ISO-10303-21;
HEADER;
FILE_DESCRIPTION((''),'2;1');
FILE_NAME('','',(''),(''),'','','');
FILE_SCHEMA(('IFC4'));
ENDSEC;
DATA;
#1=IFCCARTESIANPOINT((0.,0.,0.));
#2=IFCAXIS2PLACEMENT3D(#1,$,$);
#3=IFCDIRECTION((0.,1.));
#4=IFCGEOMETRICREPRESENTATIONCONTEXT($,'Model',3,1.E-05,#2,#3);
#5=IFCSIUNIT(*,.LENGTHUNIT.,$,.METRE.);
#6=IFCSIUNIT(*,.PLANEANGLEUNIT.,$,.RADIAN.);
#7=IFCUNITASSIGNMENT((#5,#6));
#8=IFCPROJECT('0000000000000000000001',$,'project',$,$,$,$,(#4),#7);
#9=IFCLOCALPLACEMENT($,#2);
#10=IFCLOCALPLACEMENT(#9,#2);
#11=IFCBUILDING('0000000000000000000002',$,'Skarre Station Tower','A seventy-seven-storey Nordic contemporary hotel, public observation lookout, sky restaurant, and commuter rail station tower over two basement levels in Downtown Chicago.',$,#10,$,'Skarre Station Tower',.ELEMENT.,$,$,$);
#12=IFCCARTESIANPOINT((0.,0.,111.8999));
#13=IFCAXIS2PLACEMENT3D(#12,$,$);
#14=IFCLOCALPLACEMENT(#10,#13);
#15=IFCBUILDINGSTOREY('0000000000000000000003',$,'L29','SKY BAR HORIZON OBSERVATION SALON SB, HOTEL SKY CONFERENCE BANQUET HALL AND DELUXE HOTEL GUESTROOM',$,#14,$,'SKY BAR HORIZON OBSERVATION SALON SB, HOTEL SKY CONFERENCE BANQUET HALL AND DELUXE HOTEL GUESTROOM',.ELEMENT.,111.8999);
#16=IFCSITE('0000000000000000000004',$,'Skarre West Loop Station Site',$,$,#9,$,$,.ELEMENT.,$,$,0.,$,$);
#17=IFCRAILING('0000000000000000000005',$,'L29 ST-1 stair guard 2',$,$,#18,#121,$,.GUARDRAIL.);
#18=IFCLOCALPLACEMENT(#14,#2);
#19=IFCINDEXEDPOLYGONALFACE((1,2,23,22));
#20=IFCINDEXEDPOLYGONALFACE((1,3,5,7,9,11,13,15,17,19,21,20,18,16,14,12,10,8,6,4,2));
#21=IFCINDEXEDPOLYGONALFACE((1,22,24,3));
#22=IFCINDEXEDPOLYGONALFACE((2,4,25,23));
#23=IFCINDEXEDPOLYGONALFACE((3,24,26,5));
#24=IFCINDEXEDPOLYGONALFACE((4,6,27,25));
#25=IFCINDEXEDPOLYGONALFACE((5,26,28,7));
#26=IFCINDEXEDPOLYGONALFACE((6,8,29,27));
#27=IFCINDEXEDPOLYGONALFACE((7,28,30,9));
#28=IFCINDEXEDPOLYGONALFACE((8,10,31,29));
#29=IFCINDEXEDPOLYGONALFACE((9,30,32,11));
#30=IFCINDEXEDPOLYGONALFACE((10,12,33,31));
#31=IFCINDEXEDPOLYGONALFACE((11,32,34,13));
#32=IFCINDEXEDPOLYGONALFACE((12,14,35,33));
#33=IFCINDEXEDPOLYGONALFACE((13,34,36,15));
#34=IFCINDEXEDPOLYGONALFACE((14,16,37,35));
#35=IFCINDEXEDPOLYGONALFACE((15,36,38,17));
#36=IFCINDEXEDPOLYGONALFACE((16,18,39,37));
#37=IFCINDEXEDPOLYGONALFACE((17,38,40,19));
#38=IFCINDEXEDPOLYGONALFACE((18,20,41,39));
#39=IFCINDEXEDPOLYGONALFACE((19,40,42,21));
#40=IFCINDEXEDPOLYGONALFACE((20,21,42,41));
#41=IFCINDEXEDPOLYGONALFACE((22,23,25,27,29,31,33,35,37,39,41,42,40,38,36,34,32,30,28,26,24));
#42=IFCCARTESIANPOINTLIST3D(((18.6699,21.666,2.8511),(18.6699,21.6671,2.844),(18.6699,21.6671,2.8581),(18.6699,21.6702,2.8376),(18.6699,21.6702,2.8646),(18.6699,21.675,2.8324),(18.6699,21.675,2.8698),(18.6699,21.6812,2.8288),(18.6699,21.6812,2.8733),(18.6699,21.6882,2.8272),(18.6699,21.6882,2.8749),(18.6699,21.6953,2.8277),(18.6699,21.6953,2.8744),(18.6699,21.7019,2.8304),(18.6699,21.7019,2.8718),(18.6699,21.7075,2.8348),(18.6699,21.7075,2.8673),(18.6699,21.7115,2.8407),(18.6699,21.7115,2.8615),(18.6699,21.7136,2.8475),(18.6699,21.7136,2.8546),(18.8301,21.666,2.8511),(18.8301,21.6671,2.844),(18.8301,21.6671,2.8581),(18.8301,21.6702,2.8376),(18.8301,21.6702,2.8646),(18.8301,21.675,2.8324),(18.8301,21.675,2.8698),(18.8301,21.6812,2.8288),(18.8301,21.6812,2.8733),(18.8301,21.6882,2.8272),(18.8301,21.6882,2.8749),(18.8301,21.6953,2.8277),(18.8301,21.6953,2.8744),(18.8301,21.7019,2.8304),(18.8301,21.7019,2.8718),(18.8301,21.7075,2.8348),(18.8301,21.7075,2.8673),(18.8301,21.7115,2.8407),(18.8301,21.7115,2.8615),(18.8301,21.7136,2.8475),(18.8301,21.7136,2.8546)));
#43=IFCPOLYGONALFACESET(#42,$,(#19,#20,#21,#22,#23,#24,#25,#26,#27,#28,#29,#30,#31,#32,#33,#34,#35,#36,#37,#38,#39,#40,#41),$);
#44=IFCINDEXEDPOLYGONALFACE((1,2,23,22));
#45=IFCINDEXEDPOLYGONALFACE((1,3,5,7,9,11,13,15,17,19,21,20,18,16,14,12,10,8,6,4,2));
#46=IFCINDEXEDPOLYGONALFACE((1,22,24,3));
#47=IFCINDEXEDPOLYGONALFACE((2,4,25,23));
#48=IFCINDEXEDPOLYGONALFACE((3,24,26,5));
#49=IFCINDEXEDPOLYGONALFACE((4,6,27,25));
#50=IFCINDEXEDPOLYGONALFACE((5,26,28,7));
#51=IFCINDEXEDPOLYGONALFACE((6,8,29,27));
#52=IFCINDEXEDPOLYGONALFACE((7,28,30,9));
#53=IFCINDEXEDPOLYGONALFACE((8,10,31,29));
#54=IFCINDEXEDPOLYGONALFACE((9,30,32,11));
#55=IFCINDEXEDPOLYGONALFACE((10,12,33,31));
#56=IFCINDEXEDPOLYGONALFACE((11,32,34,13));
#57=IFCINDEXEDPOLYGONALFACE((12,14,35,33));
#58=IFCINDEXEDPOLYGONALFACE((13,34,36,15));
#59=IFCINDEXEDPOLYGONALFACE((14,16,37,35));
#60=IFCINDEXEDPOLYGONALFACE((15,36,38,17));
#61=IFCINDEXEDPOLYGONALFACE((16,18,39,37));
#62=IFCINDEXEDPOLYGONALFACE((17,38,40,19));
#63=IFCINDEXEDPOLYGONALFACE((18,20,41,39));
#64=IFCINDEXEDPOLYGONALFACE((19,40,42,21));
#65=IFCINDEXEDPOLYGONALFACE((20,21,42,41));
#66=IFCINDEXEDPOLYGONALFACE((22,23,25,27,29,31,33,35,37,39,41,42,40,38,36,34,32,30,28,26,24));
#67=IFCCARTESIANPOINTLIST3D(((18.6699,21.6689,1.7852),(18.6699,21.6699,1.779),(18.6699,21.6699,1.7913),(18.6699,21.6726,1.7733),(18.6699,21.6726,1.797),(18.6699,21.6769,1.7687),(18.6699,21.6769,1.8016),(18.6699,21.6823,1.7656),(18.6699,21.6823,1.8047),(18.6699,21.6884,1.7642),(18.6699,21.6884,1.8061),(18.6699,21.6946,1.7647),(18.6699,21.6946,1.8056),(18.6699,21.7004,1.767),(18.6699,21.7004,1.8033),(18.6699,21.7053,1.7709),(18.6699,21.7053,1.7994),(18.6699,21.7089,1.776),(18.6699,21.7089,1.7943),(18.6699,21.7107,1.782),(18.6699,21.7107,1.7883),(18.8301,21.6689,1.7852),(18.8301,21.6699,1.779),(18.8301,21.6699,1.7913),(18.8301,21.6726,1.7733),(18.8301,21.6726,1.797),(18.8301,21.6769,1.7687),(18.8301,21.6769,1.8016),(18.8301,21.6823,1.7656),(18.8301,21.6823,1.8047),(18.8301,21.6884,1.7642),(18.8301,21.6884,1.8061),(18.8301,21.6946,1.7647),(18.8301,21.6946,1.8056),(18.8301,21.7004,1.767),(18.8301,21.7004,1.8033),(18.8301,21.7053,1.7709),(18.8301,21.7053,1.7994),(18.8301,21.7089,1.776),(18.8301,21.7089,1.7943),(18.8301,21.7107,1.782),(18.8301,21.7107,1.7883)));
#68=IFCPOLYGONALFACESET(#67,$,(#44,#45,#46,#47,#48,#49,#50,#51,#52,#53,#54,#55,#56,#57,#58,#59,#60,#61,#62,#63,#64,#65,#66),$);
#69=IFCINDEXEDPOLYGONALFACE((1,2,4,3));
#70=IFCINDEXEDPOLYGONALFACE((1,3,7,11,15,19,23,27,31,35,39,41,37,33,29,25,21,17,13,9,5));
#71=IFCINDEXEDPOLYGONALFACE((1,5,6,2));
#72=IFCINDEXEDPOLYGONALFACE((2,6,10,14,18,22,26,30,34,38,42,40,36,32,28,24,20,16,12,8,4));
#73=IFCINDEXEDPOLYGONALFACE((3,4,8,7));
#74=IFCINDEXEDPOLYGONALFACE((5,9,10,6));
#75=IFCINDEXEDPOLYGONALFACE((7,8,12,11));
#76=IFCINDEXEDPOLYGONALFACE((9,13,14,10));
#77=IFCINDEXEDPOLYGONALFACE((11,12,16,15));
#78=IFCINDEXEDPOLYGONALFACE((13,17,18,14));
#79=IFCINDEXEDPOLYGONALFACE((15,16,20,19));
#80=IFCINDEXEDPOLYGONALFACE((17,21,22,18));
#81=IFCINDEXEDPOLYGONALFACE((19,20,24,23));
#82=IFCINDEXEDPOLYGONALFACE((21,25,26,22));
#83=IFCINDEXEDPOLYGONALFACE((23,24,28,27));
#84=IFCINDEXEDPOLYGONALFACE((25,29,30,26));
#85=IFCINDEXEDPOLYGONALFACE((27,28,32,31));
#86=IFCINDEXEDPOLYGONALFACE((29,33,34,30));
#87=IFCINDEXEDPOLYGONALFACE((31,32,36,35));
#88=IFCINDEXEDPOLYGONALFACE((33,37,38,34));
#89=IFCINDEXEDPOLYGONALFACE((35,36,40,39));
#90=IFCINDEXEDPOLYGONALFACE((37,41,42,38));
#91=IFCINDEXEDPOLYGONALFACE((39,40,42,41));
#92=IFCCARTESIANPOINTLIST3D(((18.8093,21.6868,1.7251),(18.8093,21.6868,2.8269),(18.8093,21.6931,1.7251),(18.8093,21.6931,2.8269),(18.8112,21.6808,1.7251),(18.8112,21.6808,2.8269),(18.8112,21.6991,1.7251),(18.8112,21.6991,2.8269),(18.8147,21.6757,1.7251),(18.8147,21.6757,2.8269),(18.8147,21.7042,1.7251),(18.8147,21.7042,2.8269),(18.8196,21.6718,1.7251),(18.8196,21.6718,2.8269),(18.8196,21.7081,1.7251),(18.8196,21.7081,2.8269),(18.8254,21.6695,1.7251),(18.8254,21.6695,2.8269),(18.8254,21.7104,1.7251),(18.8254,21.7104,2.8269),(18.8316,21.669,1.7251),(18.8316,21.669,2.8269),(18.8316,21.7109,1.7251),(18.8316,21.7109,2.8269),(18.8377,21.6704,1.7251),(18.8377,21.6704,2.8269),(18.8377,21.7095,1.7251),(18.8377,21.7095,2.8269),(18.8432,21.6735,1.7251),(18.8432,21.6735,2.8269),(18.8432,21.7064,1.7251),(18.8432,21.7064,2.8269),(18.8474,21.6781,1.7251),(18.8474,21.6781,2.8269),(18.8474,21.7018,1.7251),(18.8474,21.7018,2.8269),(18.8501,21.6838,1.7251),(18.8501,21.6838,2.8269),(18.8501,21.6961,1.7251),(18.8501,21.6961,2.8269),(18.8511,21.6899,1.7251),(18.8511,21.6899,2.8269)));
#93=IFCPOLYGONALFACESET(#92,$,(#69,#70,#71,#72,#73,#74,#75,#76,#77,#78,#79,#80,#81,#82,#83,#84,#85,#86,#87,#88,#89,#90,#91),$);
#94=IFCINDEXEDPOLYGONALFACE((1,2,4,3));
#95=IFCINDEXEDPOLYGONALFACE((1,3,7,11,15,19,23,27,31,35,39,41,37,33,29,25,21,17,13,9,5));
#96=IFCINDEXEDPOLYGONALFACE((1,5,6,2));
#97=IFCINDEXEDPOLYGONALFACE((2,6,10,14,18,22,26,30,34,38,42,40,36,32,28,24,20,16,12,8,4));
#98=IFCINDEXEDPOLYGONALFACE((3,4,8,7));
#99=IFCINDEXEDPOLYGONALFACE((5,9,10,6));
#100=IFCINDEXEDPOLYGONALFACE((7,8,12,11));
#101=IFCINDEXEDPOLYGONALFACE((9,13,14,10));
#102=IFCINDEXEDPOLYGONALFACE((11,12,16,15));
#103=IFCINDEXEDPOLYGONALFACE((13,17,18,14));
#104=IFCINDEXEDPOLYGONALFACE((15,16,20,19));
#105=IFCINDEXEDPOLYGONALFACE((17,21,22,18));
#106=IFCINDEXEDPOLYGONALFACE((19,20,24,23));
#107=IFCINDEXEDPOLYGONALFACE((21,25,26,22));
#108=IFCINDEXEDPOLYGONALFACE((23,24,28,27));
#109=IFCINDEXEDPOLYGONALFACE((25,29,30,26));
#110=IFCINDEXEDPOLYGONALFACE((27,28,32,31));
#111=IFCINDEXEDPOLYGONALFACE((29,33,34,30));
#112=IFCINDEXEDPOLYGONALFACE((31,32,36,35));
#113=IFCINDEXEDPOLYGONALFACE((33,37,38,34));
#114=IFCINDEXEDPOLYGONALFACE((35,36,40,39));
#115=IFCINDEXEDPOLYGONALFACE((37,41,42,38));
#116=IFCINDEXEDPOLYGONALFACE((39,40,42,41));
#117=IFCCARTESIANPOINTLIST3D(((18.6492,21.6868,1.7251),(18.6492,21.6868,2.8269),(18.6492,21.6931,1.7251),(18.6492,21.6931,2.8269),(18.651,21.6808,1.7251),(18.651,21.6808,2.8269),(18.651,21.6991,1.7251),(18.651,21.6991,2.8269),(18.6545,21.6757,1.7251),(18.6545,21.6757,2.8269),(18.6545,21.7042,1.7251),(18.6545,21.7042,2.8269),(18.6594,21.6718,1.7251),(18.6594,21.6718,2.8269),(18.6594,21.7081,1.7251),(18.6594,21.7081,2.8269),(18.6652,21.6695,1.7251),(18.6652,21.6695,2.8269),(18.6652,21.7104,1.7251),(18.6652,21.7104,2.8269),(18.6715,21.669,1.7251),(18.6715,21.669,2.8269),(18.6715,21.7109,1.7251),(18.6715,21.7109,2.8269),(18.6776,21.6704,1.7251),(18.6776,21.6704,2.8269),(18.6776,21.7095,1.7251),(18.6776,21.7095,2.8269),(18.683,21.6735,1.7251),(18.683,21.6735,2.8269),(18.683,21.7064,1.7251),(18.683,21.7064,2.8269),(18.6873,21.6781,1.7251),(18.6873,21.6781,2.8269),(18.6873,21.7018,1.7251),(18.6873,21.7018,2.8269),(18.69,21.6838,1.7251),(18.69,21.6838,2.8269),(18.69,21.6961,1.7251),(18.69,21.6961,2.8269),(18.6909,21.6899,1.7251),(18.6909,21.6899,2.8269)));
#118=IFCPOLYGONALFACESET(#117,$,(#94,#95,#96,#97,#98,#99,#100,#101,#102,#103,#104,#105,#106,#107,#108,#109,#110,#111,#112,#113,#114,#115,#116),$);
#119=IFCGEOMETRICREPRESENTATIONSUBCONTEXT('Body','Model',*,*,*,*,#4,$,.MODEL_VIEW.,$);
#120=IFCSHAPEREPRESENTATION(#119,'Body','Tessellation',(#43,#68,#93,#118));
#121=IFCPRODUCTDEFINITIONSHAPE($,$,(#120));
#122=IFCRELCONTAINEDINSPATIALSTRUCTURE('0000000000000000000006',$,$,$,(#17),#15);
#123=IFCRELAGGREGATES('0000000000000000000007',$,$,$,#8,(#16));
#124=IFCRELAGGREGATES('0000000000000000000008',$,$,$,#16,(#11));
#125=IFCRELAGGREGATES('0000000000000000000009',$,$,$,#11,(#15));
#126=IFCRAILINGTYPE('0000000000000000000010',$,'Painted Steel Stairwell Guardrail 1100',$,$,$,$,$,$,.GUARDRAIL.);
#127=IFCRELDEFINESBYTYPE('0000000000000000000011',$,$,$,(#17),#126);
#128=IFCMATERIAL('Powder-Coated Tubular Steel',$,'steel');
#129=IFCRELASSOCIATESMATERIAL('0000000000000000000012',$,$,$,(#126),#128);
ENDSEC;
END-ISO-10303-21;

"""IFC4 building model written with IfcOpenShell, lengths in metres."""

from ifc_helpers import new_model, si_unit, direction, frame, origin, origin_2d, place, context, subcontext, project, spatial, circle, extrude, material, type_object, element, save


model = new_model("IFC4")

# Units and contexts
model_context = context("Model", 3, precision=1e-05, world=origin(), true_north=direction((0.0, 1.0)))
body_context = subcontext(model_context, "Body", "Model", "MODEL_VIEW")
ifc_project = project(units=[si_unit("LENGTHUNIT", "METRE"), si_unit("PLANEANGLEUNIT", "RADIAN")], contexts=[model_context])

# Site, building, storey
site_placement = place(None, origin())
site = spatial("IfcSite", under=ifc_project, at=site_placement, Name="Skarre West Loop Station Site", CompositionType="ELEMENT", RefElevation=0.0)
building_placement = place(site_placement, origin())
building = spatial("IfcBuilding", under=site, at=building_placement, Name="Skarre Station Tower", Description="A seventy-seven-storey Nordic contemporary hotel, public observation lookout, sky restaurant, and commuter rail station tower over two basement levels in Downtown Chicago.", LongName="Skarre Station Tower", CompositionType="ELEMENT")
storey_placement = place(building_placement, frame((0.0, 0.0, 111.8999)))
storey = spatial("IfcBuildingStorey", under=building, at=storey_placement, Name="L29", Description="SKY BAR HORIZON OBSERVATION SALON SB, HOTEL SKY CONFERENCE BANQUET HALL AND DELUXE HOTEL GUESTROOM", LongName="SKY BAR HORIZON OBSERVATION SALON SB, HOTEL SKY CONFERENCE BANQUET HALL AND DELUXE HOTEL GUESTROOM", CompositionType="ELEMENT", Elevation=111.8999)

# Railing
ifc_material_1 = material(Name="Powder-Coated Tubular Steel", Category="steel")
railing_type = type_object("IfcRailingType", Name="Painted Steel Stairwell Guardrail 1100", PredefinedType="GUARDRAIL", material=ifc_material_1)
railing_1_placement = place(storey_placement, frame((18.8301, 21.6899, 1.7251)))
element("IfcRailing", 1, at=railing_1_placement, inside=storey, type_object=railing_type, Name="L29 ST-1 stair guard 2", PredefinedType="GUARDRAIL", context=body_context, shape_type="SweptSolid", body=[
    extrude(circle(Radius=0.0239, at=origin_2d()), frame((0.0, 0.0, 1.126), z_axis=(-1.0, 0.0, 0.0), x_axis=(0.0, -1.0, 0.0)), (0.0, 0.0, 1.0), 0.1602),
    extrude(circle(Radius=0.021, at=origin_2d()), frame((0.0, 0.0, 0.0601), z_axis=(-1.0, 0.0, 0.0), x_axis=(0.0, -1.0, 0.0)), (0.0, 0.0, 1.0), 0.1602),
    extrude(circle(Radius=0.021, at=origin_2d()), origin(), (0.0, 0.0, 1.0), 1.1018),
    extrude(circle(Radius=0.021, at=origin_2d()), frame((-0.1602, 0.0, 0.0)), (0.0, 0.0, 1.0), 1.1018),
])

save(model, "model.ifc")
